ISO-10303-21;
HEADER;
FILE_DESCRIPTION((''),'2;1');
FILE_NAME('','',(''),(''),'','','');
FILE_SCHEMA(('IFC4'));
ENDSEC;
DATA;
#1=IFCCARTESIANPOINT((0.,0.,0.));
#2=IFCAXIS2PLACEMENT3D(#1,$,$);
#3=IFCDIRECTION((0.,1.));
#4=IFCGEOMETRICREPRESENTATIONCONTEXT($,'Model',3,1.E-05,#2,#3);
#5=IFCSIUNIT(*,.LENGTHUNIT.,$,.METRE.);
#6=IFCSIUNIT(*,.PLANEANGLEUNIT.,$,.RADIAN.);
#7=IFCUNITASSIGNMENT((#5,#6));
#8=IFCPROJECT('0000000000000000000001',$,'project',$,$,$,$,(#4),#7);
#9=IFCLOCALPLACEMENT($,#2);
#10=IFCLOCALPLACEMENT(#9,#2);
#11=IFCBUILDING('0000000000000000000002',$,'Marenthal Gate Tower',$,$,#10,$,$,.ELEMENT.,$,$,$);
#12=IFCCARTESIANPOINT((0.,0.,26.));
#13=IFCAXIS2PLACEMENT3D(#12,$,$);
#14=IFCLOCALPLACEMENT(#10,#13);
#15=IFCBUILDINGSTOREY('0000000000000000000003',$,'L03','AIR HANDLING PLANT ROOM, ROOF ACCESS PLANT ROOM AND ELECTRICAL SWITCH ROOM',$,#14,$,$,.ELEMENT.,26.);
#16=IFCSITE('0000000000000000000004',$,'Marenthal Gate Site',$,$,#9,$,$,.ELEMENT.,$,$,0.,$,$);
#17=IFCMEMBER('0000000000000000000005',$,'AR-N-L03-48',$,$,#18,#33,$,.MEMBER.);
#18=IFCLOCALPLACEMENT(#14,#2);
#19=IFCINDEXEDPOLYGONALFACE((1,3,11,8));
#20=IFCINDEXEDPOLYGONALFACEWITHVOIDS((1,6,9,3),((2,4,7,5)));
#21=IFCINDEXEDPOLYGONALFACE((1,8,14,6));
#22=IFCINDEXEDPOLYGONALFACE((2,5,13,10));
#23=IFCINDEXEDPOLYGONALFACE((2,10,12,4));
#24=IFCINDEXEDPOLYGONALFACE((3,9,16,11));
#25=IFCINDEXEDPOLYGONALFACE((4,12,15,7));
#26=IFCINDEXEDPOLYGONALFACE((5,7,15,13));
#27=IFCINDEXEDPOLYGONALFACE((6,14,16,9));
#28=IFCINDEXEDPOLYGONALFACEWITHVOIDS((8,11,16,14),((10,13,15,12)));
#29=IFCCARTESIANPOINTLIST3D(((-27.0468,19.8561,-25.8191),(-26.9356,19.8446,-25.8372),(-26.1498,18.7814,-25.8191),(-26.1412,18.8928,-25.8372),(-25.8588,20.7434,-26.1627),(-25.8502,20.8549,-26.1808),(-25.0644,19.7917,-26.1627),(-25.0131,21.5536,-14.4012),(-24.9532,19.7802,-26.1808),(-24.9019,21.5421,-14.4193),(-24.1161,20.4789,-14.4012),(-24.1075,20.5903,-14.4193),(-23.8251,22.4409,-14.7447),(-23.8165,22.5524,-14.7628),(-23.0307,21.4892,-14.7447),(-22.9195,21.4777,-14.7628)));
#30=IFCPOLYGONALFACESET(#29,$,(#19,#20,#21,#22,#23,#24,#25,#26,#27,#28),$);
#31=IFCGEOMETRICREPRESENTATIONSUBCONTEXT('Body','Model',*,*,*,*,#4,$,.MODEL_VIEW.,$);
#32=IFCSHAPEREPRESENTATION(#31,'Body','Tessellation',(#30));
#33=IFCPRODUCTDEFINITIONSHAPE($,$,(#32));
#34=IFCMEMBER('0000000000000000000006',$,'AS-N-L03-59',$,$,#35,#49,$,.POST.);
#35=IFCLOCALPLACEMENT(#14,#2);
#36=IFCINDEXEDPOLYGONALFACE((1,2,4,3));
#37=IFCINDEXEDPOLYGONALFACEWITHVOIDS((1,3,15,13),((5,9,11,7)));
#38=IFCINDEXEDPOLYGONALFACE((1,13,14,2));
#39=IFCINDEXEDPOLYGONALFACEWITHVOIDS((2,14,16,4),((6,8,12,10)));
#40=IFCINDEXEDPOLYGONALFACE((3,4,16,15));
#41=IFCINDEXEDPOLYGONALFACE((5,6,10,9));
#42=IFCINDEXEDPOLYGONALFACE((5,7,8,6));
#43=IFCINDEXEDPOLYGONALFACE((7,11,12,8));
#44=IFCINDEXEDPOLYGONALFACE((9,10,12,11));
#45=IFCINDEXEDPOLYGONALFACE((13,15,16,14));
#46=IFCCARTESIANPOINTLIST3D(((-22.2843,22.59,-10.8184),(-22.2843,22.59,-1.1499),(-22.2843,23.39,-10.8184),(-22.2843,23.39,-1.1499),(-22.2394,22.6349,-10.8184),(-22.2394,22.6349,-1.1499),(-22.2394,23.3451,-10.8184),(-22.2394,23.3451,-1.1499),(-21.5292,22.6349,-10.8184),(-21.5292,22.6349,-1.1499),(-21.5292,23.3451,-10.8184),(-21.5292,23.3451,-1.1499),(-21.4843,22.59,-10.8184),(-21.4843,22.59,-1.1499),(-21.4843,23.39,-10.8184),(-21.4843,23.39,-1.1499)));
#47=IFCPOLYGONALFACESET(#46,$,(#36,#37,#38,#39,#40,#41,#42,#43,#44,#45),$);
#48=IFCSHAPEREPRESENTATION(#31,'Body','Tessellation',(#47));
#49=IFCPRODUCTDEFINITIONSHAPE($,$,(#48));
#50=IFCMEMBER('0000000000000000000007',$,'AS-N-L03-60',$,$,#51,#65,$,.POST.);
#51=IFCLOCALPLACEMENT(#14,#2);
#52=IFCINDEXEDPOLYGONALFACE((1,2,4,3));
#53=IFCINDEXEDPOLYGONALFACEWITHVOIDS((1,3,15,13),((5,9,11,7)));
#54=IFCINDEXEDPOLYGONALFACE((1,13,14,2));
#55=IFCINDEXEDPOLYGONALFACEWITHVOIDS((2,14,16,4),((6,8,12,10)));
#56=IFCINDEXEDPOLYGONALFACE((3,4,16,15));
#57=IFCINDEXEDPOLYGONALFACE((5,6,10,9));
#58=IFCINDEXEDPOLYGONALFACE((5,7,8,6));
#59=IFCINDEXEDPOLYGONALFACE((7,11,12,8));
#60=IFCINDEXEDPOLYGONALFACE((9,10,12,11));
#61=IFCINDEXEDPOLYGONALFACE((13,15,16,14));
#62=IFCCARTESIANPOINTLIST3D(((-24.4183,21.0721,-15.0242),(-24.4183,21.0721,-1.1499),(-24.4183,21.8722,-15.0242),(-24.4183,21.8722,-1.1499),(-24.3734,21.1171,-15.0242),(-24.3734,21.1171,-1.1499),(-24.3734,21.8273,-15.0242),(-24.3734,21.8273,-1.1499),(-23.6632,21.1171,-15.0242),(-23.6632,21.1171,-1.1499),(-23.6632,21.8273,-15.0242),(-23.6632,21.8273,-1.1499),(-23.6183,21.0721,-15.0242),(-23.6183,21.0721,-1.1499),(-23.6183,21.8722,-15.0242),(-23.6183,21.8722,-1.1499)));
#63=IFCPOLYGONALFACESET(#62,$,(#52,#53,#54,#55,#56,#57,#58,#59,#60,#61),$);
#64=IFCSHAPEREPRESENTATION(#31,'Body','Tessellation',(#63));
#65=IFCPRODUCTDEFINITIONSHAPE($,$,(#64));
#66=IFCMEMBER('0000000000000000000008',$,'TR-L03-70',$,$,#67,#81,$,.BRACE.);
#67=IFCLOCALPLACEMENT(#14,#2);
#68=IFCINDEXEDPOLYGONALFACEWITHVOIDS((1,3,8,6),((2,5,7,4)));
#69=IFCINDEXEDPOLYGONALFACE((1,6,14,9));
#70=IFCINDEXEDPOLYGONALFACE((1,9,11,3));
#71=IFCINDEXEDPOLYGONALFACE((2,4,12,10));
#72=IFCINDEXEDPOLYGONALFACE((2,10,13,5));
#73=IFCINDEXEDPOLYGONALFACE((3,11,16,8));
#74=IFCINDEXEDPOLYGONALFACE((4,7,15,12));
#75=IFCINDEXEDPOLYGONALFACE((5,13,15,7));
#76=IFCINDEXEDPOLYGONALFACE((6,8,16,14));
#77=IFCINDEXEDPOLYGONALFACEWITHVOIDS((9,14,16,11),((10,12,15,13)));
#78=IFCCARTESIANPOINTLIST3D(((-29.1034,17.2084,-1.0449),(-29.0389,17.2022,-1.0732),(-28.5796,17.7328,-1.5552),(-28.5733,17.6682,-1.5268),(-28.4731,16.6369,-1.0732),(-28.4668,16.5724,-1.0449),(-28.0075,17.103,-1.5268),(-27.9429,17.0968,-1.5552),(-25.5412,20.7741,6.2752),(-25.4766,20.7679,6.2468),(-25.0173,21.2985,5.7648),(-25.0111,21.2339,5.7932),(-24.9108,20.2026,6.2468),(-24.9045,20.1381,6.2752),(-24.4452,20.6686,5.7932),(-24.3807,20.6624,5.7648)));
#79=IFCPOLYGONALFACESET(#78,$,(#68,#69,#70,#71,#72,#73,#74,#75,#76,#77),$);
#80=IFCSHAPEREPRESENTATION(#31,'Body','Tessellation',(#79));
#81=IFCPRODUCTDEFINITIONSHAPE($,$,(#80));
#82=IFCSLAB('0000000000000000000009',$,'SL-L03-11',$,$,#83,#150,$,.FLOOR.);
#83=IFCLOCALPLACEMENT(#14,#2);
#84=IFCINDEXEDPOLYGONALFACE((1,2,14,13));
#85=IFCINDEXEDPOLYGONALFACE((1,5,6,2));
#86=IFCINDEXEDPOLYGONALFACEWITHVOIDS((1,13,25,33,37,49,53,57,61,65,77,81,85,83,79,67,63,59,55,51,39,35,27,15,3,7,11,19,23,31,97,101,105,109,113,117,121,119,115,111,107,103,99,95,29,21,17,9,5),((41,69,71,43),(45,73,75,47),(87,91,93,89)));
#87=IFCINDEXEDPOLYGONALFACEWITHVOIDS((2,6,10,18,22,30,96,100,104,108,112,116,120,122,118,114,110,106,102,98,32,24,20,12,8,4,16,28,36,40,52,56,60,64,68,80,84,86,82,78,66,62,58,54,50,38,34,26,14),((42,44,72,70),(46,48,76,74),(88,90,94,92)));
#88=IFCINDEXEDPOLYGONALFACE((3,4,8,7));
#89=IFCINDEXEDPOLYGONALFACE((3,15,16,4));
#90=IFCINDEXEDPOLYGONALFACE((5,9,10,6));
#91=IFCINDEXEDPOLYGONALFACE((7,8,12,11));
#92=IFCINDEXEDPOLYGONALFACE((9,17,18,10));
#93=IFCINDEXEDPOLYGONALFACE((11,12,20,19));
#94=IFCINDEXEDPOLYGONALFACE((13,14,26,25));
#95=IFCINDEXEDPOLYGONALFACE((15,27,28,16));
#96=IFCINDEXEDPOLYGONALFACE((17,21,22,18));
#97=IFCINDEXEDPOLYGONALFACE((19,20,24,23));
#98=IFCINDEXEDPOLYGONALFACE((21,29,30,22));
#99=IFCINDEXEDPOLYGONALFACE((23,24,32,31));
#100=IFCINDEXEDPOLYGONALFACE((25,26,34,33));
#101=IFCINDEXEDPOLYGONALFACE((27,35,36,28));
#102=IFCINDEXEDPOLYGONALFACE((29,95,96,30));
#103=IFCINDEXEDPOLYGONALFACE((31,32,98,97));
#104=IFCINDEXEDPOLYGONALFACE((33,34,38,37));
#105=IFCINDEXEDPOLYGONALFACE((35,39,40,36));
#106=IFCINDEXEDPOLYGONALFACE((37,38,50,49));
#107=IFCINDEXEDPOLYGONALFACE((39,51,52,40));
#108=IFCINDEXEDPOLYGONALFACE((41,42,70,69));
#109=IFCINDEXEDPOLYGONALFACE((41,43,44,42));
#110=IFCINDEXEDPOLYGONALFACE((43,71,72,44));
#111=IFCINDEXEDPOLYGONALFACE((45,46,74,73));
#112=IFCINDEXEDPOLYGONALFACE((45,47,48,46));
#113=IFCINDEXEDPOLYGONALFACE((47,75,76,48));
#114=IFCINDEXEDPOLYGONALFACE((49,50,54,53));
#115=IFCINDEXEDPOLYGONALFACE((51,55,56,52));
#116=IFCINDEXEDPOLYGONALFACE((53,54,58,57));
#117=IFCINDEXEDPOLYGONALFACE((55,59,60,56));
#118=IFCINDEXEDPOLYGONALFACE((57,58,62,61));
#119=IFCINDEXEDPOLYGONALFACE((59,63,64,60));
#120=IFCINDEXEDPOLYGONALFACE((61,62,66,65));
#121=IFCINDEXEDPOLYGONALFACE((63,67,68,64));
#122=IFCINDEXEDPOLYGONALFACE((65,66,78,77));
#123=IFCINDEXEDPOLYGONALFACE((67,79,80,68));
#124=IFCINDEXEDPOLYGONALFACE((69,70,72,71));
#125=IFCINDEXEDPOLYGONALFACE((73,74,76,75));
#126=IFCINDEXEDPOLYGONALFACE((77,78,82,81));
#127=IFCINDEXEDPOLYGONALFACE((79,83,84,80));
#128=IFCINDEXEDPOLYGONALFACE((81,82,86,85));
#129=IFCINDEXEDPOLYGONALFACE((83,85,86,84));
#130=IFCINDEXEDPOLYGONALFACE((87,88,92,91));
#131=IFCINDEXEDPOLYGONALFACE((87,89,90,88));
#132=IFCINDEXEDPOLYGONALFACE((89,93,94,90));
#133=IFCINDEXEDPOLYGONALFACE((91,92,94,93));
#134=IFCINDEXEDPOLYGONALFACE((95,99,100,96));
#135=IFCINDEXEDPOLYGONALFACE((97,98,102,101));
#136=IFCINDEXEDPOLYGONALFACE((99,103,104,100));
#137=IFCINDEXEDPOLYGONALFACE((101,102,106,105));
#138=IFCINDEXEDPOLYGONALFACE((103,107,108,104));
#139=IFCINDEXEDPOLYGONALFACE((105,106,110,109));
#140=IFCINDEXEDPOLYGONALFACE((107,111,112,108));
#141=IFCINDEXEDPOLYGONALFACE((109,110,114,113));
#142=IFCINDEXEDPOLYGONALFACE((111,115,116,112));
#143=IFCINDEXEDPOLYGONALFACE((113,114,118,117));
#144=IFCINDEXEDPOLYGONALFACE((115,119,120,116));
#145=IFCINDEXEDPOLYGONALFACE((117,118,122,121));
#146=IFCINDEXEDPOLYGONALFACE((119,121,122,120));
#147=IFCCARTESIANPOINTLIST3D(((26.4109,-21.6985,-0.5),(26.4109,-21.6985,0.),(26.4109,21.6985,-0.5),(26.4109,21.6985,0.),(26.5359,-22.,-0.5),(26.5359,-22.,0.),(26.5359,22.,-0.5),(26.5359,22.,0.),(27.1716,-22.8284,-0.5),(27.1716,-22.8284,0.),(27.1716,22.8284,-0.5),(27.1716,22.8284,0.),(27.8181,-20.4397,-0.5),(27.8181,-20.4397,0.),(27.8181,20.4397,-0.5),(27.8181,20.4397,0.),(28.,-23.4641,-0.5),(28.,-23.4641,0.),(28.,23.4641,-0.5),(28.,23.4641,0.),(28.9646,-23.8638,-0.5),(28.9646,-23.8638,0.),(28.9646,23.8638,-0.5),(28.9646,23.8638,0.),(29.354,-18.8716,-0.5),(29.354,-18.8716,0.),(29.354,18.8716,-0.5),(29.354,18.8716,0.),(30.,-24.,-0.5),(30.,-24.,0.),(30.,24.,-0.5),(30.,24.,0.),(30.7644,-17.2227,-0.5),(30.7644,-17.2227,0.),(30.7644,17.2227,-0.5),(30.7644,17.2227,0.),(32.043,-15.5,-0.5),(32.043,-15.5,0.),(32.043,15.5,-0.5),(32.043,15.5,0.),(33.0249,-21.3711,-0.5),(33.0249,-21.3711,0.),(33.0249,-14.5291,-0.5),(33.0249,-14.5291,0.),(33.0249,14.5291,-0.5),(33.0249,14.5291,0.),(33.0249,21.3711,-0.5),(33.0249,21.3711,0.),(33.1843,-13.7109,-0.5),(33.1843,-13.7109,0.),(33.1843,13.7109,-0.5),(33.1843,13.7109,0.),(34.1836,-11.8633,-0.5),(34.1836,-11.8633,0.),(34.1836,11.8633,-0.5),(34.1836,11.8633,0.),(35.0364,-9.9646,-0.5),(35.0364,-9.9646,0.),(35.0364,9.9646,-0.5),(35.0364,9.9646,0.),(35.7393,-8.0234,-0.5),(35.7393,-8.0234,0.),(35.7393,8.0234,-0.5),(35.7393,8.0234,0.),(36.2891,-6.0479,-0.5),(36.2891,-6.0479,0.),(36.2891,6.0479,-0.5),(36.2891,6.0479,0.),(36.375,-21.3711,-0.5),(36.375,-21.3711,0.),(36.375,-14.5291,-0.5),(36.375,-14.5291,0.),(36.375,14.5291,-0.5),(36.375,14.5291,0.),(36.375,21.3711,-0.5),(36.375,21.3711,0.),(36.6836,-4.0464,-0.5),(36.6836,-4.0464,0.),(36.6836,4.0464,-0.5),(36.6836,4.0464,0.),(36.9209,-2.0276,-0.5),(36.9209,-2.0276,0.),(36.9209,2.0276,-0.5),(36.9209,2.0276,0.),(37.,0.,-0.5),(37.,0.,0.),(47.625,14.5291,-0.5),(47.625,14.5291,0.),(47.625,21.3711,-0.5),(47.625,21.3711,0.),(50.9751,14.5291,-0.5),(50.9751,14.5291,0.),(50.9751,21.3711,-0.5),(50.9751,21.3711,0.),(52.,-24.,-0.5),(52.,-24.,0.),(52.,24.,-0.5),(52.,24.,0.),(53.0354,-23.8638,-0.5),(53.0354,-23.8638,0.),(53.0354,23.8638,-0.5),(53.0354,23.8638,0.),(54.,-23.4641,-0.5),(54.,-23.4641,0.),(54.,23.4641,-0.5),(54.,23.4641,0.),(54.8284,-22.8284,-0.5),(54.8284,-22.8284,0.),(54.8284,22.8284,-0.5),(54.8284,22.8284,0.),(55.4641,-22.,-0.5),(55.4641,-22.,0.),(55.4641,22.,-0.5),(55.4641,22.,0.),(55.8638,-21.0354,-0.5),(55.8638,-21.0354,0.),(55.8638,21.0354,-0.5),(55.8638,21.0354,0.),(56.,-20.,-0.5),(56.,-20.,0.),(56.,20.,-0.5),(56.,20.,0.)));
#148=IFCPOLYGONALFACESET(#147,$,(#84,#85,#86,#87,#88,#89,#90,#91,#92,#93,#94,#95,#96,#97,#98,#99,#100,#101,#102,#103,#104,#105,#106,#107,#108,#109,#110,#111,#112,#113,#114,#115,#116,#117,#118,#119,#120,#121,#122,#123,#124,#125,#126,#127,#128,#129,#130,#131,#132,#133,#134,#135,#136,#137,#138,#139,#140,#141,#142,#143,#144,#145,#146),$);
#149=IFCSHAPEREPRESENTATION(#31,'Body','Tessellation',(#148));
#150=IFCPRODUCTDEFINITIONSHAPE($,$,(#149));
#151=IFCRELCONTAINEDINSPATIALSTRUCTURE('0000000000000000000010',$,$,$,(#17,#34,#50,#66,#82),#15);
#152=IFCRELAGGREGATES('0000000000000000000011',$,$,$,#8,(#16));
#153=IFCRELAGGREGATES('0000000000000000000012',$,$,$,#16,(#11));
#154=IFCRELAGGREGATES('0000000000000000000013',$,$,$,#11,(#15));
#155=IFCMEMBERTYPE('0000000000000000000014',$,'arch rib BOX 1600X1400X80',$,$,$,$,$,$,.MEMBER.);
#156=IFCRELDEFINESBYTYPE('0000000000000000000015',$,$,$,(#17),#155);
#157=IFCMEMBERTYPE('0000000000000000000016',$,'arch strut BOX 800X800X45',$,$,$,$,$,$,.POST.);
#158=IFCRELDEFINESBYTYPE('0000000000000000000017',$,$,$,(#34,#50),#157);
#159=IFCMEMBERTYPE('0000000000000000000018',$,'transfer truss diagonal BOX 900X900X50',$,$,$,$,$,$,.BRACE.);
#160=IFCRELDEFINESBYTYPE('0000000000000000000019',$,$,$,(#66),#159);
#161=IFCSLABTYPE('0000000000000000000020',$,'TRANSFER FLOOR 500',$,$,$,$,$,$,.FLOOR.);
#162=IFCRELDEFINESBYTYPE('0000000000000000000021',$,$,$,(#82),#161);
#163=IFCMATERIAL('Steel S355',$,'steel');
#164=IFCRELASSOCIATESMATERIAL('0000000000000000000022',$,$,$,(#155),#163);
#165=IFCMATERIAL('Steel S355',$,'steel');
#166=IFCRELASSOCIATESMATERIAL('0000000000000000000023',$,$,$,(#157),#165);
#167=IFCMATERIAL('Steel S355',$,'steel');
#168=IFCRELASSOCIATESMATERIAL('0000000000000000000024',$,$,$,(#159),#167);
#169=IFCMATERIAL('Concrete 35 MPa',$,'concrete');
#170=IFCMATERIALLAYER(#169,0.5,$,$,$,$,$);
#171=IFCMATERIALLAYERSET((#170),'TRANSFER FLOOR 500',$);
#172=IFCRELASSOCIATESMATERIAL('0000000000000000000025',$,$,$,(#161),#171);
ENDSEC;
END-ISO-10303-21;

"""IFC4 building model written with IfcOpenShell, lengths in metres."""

from ifc_helpers import new_model, si_unit, direction, frame, origin, origin_2d, place, context, subcontext, project, spatial, polyline, hollow_rectangle, outline, extrude, material, layer, layer_set, material_profile, profile_set, type_object, element, save


model = new_model("IFC4")

# Units and contexts
model_context = context("Model", 3, precision=1e-05, world=origin(), true_north=direction((0.0, 1.0)))
body_context = subcontext(model_context, "Body", "Model", "MODEL_VIEW")
ifc_project = project(units=[si_unit("LENGTHUNIT", "METRE"), si_unit("PLANEANGLEUNIT", "RADIAN")], contexts=[model_context])

# Site, building, storey
site_placement = place(None, origin())
site = spatial("IfcSite", under=ifc_project, at=site_placement, Name="Marenthal Gate Site", CompositionType="ELEMENT", RefElevation=0.0)
building_placement = place(site_placement, origin())
building = spatial("IfcBuilding", under=site, at=building_placement, Name="Marenthal Gate Tower", CompositionType="ELEMENT")
storey_placement = place(building_placement, frame((0.0, 0.0, 26.0)))
storey = spatial("IfcBuildingStorey", under=building, at=storey_placement, Name="L03", Description="AIR HANDLING PLANT ROOM, ROOF ACCESS PLANT ROOM AND ELECTRICAL SWITCH ROOM", CompositionType="ELEMENT", Elevation=26.0)

# Members
ifc_material_1 = material(Name="Steel S355", Category="steel")
ifc_material_profile_1 = material_profile(ifc_material_1, hollow_rectangle(XDim=1.3999, YDim=1.6001, WallThickness=0.0801, at=origin_2d()), Name="BOX 1600X1400X80")
ifc_profile_set_1 = profile_set([ifc_material_profile_1], Name="Steel S355")
member_type_1 = type_object("IfcMemberType", Name="arch rib BOX 1600X1400X80", PredefinedType="MEMBER", material=ifc_profile_set_1)
member_1_placement = place(storey_placement, frame((-23.9663, 21.5156, -14.582), z_axis=(-0.173505, -0.144823, -0.974126), x_axis=(0.640801, -0.767707, 0.0)))
element("IfcMember", 1, at=member_1_placement, inside=storey, type_object=member_type_1, Name="AR-N-L03-48", PredefinedType="MEMBER", context=body_context, shape_type="SweptSolid", body=[
    extrude(hollow_rectangle(XDim=1.3999, YDim=1.6001, WallThickness=0.0801, at=origin_2d()), origin(), (0.0, 0.0, 1.0), 11.7212),
])
ifc_material_2 = material(Name="Steel S355", Category="steel")
ifc_material_profile_2 = material_profile(ifc_material_2, hollow_rectangle(XDim=0.8, YDim=0.8, WallThickness=0.0449, at=origin_2d()), Name="BOX 800X800X45")
ifc_profile_set_2 = profile_set([ifc_material_profile_2], Name="Steel S355")
member_type_2 = type_object("IfcMemberType", Name="arch strut BOX 800X800X45", PredefinedType="POST", material=ifc_profile_set_2)
member_2_placement = place(storey_placement, frame((-21.8843, 22.99, -10.8184), z_axis=(0.0, 0.0, 1.0), x_axis=(1.0, 0.0, 0.0)))
element("IfcMember", 2, at=member_2_placement, inside=storey, type_object=member_type_2, Name="AS-N-L03-59", PredefinedType="POST", context=body_context, shape_type="SweptSolid", body=[
    extrude(hollow_rectangle(XDim=0.8, YDim=0.8, WallThickness=0.0449, at=origin_2d()), origin(), (0.0, 0.0, 1.0), 9.6685),
])
member_3_placement = place(storey_placement, frame((-24.0183, 21.4722, -15.0242), z_axis=(0.0, 0.0, 1.0), x_axis=(1.0, 0.0, 0.0)))
element("IfcMember", 3, at=member_3_placement, inside=storey, type_object=member_type_2, Name="AS-N-L03-60", PredefinedType="POST", context=body_context, shape_type="SweptSolid", body=[
    extrude(hollow_rectangle(XDim=0.8, YDim=0.8, WallThickness=0.0449, at=origin_2d()), origin(), (0.0, 0.0, 1.0), 13.8743),
])
ifc_material_3 = material(Name="Steel S355", Category="steel")
ifc_material_profile_3 = material_profile(ifc_material_3, hollow_rectangle(XDim=0.8999, YDim=0.8999, WallThickness=0.05, at=origin_2d()), Name="BOX 900X900X50")
ifc_profile_set_3 = profile_set([ifc_material_profile_3], Name="Steel S355")
member_type_3 = type_object("IfcMemberType", Name="transfer truss diagonal BOX 900X900X50", PredefinedType="BRACE", material=ifc_profile_set_3)
member_4_placement = place(storey_placement, frame((-24.9609, 20.7183, 6.02), z_axis=(-0.400818, -0.401202, -0.823639), x_axis=(0.707446, -0.706768, 0.0)))
element("IfcMember", 4, at=member_4_placement, inside=storey, type_object=member_type_3, Name="TR-L03-70", PredefinedType="BRACE", context=body_context, shape_type="SweptSolid", body=[
    extrude(hollow_rectangle(XDim=0.8999, YDim=0.8999, WallThickness=0.05, at=origin_2d()), origin(), (0.0, 0.0, 1.0), 8.8875),
])

# Slab
ifc_material_4 = material(Name="Concrete 35 MPa", Category="concrete")
ifc_layer_1 = layer(ifc_material_4, 0.5)
ifc_layer_set_1 = layer_set([ifc_layer_1], Name="TRANSFER FLOOR 500")
slab_type_1 = type_object("IfcSlabType", Name="TRANSFER FLOOR 500", PredefinedType="FLOOR", material=ifc_layer_set_1)
slab_1_placement = place(storey_placement, frame((0.0, 0.0, -0.5)))
element("IfcSlab", 5, at=slab_1_placement, inside=storey, type_object=slab_type_1, Name="SL-L03-11", PredefinedType="FLOOR", context=body_context, shape_type="SweptSolid", body=[
    extrude(outline(polyline([(28.0, 23.4641), (28.9646, 23.8638), (30.0, 24.0), (52.0, 24.0), (53.0354, 23.8638), (54.0, 23.4641), (54.8284, 22.8284), (55.4641, 22.0), (55.8638, 21.0354), (56.0, 20.0), (56.0, -20.0), (55.8638, -21.0354), (55.4641, -22.0), (54.8284, -22.8284), (54.0, -23.4641), (53.0354, -23.8638), (52.0, -24.0), (30.0, -24.0), (28.9646, -23.8638), (28.0, -23.4641), (27.1716, -22.8284), (26.5359, -22.0), (26.4109, -21.6985), (27.8181, -20.4397), (29.354, -18.8716), (30.7644, -17.2227), (32.043, -15.5), (33.1843, -13.7109), (34.1836, -11.8633), (35.0364, -9.9646), (35.7393, -8.0234), (36.2891, -6.0479), (36.6836, -4.0464), (36.9209, -2.0276), (37.0, 0.0), (36.9209, 2.0276), (36.6836, 4.0464), (36.2891, 6.0479), (35.7393, 8.0234), (35.0364, 9.9646), (34.1836, 11.8633), (33.1843, 13.7109), (32.043, 15.5), (30.7644, 17.2227), (29.354, 18.8716), (27.8181, 20.4397), (26.4109, 21.6985), (26.5359, 22.0), (27.1716, 22.8284), (28.0, 23.4641)]), holes=[polyline([(33.0249, -14.5291), (33.0249, -21.3711), (36.375, -21.3711), (36.375, -14.5291), (33.0249, -14.5291)]), polyline([(33.0249, 21.3711), (33.0249, 14.5291), (36.375, 14.5291), (36.375, 21.3711), (33.0249, 21.3711)]), polyline([(47.625, 21.3711), (47.625, 14.5291), (50.9751, 14.5291), (50.9751, 21.3711), (47.625, 21.3711)])]), origin(), (0.0, 0.0, 1.0), 0.5),
])

save(model, "model.ifc")
